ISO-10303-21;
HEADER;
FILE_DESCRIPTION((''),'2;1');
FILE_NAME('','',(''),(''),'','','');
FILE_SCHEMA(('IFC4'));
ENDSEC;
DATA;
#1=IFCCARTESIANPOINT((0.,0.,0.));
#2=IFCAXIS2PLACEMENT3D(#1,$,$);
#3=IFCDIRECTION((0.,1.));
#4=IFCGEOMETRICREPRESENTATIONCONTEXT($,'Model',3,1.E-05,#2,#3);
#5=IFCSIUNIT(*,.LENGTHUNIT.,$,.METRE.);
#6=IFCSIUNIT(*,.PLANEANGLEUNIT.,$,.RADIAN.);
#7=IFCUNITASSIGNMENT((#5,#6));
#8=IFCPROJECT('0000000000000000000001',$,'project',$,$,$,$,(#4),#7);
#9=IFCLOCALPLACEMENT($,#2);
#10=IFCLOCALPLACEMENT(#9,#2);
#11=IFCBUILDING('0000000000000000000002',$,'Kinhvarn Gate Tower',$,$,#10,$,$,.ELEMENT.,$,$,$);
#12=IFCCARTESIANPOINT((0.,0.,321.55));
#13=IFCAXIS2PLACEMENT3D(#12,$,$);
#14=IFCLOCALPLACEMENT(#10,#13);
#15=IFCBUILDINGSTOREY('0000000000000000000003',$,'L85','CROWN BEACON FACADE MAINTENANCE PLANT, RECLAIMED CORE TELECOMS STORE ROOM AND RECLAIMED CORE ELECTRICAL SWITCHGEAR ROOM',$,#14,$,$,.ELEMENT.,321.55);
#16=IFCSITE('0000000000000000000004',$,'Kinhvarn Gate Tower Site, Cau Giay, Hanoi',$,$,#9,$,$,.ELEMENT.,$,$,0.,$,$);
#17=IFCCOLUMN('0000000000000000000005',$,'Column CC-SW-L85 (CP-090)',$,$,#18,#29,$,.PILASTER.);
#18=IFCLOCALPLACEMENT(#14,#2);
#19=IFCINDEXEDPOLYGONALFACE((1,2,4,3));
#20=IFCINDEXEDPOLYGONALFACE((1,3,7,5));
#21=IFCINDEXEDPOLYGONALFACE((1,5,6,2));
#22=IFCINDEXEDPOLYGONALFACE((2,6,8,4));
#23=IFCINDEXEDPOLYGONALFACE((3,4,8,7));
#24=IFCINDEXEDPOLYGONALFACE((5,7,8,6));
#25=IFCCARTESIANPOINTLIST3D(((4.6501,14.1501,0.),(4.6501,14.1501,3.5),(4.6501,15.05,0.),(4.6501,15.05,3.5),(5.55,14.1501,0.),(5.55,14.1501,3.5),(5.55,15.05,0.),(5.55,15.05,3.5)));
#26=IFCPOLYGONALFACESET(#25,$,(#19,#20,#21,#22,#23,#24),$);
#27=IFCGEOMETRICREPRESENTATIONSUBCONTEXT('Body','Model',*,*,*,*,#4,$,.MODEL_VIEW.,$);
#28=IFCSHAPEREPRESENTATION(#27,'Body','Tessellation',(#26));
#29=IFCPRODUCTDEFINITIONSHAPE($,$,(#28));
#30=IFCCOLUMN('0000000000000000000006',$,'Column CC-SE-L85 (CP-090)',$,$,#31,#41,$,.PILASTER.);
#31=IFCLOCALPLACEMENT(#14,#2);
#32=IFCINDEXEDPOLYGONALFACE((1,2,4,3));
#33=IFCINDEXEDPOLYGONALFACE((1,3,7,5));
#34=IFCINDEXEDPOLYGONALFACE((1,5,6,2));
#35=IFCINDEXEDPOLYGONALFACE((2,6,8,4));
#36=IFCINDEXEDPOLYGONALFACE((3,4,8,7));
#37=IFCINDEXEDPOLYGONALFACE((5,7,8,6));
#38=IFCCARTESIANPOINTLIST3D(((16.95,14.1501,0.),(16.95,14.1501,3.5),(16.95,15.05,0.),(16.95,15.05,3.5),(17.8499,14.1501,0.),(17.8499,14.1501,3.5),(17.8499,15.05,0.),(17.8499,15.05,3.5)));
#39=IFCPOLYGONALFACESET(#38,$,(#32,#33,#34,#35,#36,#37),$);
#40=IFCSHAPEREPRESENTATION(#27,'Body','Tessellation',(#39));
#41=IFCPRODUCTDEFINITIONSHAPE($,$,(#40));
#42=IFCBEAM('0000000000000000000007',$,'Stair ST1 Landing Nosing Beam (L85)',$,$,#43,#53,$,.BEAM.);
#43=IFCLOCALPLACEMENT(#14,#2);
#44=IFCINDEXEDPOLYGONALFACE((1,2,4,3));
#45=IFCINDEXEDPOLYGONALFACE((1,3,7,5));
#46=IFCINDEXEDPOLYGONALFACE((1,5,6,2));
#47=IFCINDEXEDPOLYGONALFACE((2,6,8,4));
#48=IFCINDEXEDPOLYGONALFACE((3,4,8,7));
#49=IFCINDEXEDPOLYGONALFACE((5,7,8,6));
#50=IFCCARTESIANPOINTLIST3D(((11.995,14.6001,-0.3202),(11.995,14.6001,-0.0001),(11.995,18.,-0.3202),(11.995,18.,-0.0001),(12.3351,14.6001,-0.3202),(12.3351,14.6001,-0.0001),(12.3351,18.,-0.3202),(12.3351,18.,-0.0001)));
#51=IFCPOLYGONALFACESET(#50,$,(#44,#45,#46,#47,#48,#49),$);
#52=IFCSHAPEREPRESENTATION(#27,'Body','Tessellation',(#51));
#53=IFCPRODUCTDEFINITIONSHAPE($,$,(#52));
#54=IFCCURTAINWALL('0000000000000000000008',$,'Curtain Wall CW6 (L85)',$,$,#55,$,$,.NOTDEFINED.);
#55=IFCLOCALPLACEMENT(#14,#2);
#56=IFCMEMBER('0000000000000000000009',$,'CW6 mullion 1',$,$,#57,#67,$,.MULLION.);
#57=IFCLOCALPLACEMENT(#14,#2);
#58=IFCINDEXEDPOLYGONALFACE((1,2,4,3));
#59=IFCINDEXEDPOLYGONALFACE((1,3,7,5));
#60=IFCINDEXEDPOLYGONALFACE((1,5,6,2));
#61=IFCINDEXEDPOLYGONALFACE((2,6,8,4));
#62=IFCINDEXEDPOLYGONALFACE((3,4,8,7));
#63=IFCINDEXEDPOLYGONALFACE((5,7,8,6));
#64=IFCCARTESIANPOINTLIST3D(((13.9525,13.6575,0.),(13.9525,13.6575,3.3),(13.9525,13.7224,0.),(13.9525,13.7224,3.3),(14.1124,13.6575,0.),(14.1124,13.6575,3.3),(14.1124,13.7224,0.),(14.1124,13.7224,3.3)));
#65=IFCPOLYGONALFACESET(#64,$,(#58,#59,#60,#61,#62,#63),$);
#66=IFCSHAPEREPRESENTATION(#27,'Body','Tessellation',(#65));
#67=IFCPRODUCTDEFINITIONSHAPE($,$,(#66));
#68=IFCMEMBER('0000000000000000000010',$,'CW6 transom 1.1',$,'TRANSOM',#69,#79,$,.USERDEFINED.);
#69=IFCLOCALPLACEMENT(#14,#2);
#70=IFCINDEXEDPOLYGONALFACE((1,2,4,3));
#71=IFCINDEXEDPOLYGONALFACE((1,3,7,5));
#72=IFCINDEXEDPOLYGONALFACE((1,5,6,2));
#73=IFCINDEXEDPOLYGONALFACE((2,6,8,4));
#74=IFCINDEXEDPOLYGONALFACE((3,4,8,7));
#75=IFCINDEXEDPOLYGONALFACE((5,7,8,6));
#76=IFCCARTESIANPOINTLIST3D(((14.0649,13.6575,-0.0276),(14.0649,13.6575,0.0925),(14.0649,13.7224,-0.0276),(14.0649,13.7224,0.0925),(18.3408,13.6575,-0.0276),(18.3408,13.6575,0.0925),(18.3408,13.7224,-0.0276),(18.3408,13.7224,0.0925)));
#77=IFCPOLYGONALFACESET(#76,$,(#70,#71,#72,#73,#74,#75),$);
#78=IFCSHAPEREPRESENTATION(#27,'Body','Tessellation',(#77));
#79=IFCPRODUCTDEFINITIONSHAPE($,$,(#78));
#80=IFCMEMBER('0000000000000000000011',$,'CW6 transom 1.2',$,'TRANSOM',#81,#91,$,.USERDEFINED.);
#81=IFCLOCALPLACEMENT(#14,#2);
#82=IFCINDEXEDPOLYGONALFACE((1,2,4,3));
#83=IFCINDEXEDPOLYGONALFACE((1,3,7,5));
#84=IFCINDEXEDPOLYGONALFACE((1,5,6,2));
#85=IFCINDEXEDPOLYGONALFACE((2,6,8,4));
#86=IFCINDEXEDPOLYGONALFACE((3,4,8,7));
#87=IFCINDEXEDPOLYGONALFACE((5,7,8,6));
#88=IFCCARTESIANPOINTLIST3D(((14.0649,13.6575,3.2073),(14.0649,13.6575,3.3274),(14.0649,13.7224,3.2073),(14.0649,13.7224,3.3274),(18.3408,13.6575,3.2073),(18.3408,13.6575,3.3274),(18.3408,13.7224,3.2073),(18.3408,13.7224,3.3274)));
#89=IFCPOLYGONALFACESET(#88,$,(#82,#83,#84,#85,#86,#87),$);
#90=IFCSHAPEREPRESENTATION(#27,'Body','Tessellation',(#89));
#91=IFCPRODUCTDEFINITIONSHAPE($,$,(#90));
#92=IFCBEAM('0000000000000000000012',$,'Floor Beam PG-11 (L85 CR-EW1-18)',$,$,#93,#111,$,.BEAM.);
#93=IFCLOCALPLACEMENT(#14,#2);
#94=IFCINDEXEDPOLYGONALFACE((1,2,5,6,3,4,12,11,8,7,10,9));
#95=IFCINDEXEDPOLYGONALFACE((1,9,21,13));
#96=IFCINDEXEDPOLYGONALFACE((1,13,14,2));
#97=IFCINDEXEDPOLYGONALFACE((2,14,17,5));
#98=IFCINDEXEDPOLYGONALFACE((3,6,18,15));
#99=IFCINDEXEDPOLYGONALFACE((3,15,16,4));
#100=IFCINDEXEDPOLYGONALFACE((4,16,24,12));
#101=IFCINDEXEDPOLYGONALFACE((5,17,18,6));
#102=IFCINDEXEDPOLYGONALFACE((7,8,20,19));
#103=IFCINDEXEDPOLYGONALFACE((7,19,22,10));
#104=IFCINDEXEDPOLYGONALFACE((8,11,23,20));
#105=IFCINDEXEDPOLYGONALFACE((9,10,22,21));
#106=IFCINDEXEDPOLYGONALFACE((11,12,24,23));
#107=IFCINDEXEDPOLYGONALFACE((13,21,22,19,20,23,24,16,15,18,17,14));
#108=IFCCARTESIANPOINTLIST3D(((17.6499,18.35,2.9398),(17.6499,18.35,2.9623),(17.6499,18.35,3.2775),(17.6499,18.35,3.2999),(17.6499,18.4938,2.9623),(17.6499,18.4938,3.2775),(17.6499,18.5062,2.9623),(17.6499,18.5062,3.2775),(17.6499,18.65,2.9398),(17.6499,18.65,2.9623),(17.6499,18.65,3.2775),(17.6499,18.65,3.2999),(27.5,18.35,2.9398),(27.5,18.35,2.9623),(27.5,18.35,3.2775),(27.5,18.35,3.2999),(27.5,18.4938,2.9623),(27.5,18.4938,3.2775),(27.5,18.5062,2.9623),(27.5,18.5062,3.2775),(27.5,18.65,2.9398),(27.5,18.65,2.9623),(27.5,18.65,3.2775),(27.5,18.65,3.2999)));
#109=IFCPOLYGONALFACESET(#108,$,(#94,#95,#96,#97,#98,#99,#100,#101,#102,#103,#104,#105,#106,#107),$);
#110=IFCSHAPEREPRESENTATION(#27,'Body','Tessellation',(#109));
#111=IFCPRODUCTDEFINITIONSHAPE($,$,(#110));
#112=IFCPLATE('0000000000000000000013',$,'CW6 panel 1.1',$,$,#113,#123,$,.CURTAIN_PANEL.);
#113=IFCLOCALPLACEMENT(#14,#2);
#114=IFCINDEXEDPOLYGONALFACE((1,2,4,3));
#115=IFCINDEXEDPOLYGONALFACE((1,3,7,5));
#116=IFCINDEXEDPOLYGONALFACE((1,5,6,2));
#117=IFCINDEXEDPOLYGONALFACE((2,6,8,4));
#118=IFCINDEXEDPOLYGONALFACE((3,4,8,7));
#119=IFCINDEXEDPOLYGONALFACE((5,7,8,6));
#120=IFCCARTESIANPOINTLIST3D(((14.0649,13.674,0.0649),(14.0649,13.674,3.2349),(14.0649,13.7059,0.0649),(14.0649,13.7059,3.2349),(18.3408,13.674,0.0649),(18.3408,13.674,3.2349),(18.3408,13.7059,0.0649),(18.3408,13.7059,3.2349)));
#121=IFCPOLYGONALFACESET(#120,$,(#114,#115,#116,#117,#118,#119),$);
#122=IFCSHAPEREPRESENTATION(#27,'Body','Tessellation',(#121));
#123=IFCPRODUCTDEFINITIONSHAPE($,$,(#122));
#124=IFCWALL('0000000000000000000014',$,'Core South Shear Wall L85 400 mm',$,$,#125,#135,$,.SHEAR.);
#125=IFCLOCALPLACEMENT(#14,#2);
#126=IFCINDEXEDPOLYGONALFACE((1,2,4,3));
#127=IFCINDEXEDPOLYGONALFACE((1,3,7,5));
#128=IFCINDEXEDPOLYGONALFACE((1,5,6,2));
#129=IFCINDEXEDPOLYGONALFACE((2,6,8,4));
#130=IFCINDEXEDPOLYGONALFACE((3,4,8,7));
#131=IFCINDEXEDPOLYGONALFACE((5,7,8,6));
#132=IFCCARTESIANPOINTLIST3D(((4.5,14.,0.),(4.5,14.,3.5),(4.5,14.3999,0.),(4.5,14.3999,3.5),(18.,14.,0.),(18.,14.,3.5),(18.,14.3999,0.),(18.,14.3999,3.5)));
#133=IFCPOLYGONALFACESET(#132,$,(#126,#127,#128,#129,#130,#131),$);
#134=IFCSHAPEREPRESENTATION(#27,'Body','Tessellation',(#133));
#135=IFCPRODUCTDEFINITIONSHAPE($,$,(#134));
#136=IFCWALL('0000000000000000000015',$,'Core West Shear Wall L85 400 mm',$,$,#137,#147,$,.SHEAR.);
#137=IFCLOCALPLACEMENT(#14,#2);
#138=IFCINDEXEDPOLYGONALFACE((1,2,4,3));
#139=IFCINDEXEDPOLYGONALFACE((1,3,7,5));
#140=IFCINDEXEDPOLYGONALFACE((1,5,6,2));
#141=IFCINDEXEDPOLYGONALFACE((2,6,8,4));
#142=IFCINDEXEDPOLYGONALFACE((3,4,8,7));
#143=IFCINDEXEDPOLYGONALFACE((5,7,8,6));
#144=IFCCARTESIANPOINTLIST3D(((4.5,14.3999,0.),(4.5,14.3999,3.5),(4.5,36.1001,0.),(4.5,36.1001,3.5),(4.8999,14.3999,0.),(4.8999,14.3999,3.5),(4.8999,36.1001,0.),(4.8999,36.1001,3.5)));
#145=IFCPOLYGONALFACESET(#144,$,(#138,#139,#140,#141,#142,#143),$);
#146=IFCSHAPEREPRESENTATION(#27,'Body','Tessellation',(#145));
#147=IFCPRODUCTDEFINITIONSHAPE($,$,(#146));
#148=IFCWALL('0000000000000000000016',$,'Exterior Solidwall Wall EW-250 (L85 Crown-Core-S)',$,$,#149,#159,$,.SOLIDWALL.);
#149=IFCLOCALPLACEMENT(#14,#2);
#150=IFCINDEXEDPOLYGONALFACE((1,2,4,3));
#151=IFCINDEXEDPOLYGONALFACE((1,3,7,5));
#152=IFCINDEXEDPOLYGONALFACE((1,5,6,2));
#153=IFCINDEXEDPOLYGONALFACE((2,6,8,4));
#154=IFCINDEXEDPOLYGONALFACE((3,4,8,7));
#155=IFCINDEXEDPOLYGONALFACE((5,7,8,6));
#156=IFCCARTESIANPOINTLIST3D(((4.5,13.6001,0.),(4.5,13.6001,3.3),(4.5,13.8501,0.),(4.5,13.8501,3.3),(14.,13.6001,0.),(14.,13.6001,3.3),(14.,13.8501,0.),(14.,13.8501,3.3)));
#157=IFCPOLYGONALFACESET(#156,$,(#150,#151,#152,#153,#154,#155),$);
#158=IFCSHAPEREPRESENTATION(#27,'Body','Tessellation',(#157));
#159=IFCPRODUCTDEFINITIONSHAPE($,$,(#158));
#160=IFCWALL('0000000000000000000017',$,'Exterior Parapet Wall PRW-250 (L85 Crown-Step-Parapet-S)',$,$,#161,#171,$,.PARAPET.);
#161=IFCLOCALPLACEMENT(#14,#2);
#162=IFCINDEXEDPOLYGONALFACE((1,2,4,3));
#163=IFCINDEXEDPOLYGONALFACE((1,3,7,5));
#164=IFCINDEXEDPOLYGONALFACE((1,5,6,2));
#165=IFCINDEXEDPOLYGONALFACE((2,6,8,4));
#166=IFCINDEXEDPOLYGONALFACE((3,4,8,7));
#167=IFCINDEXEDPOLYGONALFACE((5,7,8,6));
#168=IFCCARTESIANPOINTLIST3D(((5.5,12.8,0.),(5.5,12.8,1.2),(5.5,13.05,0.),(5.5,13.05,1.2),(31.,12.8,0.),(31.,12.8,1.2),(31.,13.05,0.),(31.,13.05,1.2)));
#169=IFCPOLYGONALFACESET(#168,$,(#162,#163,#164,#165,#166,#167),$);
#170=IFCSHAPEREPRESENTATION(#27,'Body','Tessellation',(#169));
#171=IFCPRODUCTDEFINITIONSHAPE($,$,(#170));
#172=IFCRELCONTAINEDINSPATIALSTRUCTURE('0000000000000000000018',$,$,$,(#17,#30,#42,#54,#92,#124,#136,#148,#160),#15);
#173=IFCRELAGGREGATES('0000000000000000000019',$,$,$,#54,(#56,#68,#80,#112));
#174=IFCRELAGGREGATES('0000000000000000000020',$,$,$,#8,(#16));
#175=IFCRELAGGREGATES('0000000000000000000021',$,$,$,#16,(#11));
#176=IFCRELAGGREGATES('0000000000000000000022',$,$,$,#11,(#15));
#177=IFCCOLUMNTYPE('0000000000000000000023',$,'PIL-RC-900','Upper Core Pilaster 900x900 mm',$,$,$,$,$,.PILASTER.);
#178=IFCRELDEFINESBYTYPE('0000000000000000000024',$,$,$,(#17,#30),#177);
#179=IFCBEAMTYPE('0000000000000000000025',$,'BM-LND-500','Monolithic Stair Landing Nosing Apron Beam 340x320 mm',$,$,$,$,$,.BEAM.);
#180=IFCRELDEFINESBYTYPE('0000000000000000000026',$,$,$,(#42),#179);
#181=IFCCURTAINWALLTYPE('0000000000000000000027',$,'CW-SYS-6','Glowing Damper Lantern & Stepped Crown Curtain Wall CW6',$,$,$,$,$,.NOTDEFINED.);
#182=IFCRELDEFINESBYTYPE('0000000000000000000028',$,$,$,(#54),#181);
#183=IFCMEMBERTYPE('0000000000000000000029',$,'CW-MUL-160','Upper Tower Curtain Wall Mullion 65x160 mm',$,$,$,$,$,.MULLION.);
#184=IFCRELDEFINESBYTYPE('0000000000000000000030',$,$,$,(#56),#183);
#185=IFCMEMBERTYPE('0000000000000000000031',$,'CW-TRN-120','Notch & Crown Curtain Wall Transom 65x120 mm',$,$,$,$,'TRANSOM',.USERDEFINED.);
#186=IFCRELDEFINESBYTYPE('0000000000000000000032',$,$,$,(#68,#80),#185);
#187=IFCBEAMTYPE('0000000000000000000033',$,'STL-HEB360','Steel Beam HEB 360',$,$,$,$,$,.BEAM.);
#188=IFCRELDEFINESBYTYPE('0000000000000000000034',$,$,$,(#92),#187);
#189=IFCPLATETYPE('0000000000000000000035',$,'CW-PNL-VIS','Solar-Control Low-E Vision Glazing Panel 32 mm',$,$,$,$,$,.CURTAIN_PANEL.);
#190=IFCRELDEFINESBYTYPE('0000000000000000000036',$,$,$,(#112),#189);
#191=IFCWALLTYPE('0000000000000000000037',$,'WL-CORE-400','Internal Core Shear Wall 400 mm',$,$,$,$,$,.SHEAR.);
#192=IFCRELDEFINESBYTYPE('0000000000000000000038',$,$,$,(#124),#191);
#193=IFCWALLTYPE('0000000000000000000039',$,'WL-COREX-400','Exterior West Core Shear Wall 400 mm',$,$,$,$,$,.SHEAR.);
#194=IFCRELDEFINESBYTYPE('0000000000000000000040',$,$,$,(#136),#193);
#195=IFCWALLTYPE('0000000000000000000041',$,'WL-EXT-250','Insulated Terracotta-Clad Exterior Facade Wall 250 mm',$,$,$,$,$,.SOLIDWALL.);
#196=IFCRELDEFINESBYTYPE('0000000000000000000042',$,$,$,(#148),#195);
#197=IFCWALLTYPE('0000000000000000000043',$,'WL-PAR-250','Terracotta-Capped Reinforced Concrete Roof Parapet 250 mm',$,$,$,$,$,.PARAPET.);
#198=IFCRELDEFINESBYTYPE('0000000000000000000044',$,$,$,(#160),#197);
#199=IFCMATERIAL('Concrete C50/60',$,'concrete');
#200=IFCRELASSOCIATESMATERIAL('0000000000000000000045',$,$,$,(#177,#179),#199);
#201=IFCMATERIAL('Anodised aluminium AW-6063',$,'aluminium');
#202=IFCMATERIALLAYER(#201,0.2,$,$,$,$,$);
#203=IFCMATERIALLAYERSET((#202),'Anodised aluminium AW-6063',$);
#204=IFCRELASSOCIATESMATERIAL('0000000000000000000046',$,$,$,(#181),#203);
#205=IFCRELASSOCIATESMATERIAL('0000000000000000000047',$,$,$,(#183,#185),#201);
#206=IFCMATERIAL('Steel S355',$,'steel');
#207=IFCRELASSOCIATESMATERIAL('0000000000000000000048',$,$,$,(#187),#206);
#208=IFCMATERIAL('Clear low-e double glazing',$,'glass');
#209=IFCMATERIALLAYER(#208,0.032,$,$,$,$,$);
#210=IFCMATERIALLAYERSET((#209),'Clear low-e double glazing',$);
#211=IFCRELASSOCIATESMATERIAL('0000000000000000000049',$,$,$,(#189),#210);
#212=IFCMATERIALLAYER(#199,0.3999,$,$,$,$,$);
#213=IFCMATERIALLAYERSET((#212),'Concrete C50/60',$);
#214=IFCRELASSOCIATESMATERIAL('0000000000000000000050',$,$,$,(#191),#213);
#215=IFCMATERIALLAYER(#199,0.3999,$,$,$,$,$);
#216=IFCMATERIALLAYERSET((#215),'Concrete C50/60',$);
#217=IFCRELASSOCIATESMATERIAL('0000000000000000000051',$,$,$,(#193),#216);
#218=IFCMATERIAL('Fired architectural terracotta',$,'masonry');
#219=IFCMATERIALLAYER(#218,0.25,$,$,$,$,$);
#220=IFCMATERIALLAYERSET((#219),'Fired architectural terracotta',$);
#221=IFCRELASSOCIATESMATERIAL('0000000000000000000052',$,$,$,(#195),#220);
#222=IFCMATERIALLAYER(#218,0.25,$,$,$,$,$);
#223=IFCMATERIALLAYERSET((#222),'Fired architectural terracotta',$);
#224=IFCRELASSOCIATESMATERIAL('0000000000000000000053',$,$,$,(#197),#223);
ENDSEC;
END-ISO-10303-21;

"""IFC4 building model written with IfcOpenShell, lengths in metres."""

from ifc_helpers import new_model, si_unit, direction, frame, frame_2d, origin, origin_2d, place, context, subcontext, project, spatial, rectangle, i_section, extrude, material, layer, layer_set, material_profile, profile_set, type_object, element, aggregate, save


model = new_model("IFC4")

# Units and contexts
model_context = context("Model", 3, precision=1e-05, world=origin(), true_north=direction((0.0, 1.0)))
body_context = subcontext(model_context, "Body", "Model", "MODEL_VIEW")
ifc_project = project(units=[si_unit("LENGTHUNIT", "METRE"), si_unit("PLANEANGLEUNIT", "RADIAN")], contexts=[model_context])

# Site, building, storey
site_placement = place(None, origin())
site = spatial("IfcSite", under=ifc_project, at=site_placement, Name="Kinhvarn Gate Tower Site, Cau Giay, Hanoi", CompositionType="ELEMENT", RefElevation=0.0)
building_placement = place(site_placement, origin())
building = spatial("IfcBuilding", under=site, at=building_placement, Name="Kinhvarn Gate Tower", CompositionType="ELEMENT")
storey_placement = place(building_placement, frame((0.0, 0.0, 321.55)))
storey = spatial("IfcBuildingStorey", under=building, at=storey_placement, Name="L85", Description="CROWN BEACON FACADE MAINTENANCE PLANT, RECLAIMED CORE TELECOMS STORE ROOM AND RECLAIMED CORE ELECTRICAL SWITCHGEAR ROOM", CompositionType="ELEMENT", Elevation=321.55)

# Columns
ifc_material_1 = material(Name="Concrete C50/60", Category="concrete")
ifc_material_profile_1 = material_profile(ifc_material_1, rectangle(XDim=0.8999, YDim=0.8999, at=origin_2d()), Name="RC 900x900")
ifc_profile_set_1 = profile_set([ifc_material_profile_1], Name="Concrete C50/60")
column_type = type_object("IfcColumnType", Name="PIL-RC-900", Description="Upper Core Pilaster 900x900 mm", PredefinedType="PILASTER", material=ifc_profile_set_1)
for number, where, z_axis, x_axis, name in (
    (1, (5.1001, 14.6001, 0.0), (0.0, 0.0, 1.0), (1.0, 0.0, 0.0), "Column CC-SW-L85 (CP-090)"),
    (2, (17.3999, 14.6001, 0.0), (0.0, 0.0, 1.0), (1.0, 0.0, 0.0), "Column CC-SE-L85 (CP-090)"),
):
    element("IfcColumn", number, at=place(storey_placement, frame(where, z_axis=z_axis, x_axis=x_axis)), inside=storey, type_object=column_type, Name=name, PredefinedType="PILASTER", context=body_context, shape_type="SweptSolid", body=[
        extrude(rectangle(XDim=0.8999, YDim=0.8999, at=origin_2d()), origin(), (0.0, 0.0, 1.0), 3.5),
    ])

# Beam
ifc_material_profile_2 = material_profile(ifc_material_1, rectangle(XDim=0.3401, YDim=0.3201, at=origin_2d()), Name="RC 340x320")
ifc_profile_set_2 = profile_set([ifc_material_profile_2], Name="Concrete C50/60")
beam_type_1 = type_object("IfcBeamType", Name="BM-LND-500", Description="Monolithic Stair Landing Nosing Apron Beam 340x320 mm", PredefinedType="BEAM", material=ifc_profile_set_2)
beam_1_placement = place(storey_placement, frame((12.165, 14.6001, -0.1602), z_axis=(0.0, 1.0, 0.0), x_axis=(-1.0, 0.0, 0.0)))
element("IfcBeam", 3, at=beam_1_placement, inside=storey, type_object=beam_type_1, Name="Stair ST1 Landing Nosing Beam (L85)", PredefinedType="BEAM", context=body_context, shape_type="SweptSolid", body=[
    extrude(rectangle(XDim=0.3401, YDim=0.3201, at=origin_2d()), origin(), (0.0, 0.0, 1.0), 3.3999),
])

# Curtain wall, members
ifc_material_2 = material(Name="Anodised aluminium AW-6063", Category="aluminium")
ifc_layer_1 = layer(ifc_material_2, 0.2)
ifc_layer_set_1 = layer_set([ifc_layer_1], Name="Anodised aluminium AW-6063")
curtain_wall_type = type_object("IfcCurtainWallType", Name="CW-SYS-6", Description="Glowing Damper Lantern & Stepped Crown Curtain Wall CW6", PredefinedType="NOTDEFINED", material=ifc_layer_set_1)
curtain_wall_placement = place(storey_placement, origin())
curtain_wall = element("IfcCurtainWall", 4, at=curtain_wall_placement, inside=storey, type_object=curtain_wall_type, Name="Curtain Wall CW6 (L85)", PredefinedType="NOTDEFINED")
ifc_material_profile_3 = material_profile(ifc_material_2, rectangle(XDim=0.0649, YDim=0.1599, at=origin_2d()), Name="ALU 65x160")
ifc_profile_set_3 = profile_set([ifc_material_profile_3], Name="Anodised aluminium AW-6063")
member_type_1 = type_object("IfcMemberType", Name="CW-MUL-160", Description="Upper Tower Curtain Wall Mullion 65x160 mm", PredefinedType="MULLION", material=ifc_profile_set_3)
member_1_placement = place(storey_placement, frame((14.0325, 13.6899, 0.0), z_axis=(0.0, 0.0, 1.0), x_axis=(0.0, 1.0, 0.0)))
member_1 = element("IfcMember", 5, at=member_1_placement, type_object=member_type_1, Name="CW6 mullion 1", PredefinedType="MULLION", context=body_context, shape_type="SweptSolid", body=[
    extrude(rectangle(XDim=0.0649, YDim=0.1599, at=origin_2d()), origin(), (0.0, 0.0, 1.0), 3.3),
])
ifc_material_profile_4 = material_profile(ifc_material_2, rectangle(XDim=0.0649, YDim=0.1201, at=origin_2d()), Name="ALU 65x120")
ifc_profile_set_4 = profile_set([ifc_material_profile_4], Name="Anodised aluminium AW-6063")
member_type_2 = type_object("IfcMemberType", Name="CW-TRN-120", Description="Notch & Crown Curtain Wall Transom 65x120 mm", ElementType="TRANSOM", PredefinedType="USERDEFINED", material=ifc_profile_set_4)
member_2_placement = place(storey_placement, frame((14.0649, 13.6899, 0.0325), z_axis=(1.0, 0.0, 0.0), x_axis=(0.0, 1.0, 0.0)))
member_2 = element("IfcMember", 6, at=member_2_placement, type_object=member_type_2, Name="CW6 transom 1.1", ObjectType="TRANSOM", PredefinedType="USERDEFINED", context=body_context, shape_type="SweptSolid", body=[
    extrude(rectangle(XDim=0.0649, YDim=0.1201, at=origin_2d()), origin(), (0.0, 0.0, 1.0), 4.2759),
])
member_3_placement = place(storey_placement, frame((14.0649, 13.6899, 3.2673), z_axis=(1.0, 0.0, 0.0), x_axis=(0.0, 1.0, 0.0)))
member_3 = element("IfcMember", 7, at=member_3_placement, type_object=member_type_2, Name="CW6 transom 1.2", ObjectType="TRANSOM", PredefinedType="USERDEFINED", context=body_context, shape_type="SweptSolid", body=[
    extrude(rectangle(XDim=0.0649, YDim=0.1201, at=origin_2d()), origin(), (0.0, 0.0, 1.0), 4.2759),
])

# Beam
ifc_material_3 = material(Name="Steel S355", Category="steel")
ifc_material_profile_5 = material_profile(ifc_material_3, i_section(OverallWidth=0.3, OverallDepth=0.3601, WebThickness=0.0125, FlangeThickness=0.0225, at=origin_2d()), Name="HEB 360")
ifc_profile_set_5 = profile_set([ifc_material_profile_5], Name="Steel S355")
beam_type_2 = type_object("IfcBeamType", Name="STL-HEB360", Description="Steel Beam HEB 360", PredefinedType="BEAM", material=ifc_profile_set_5)
beam_2_placement = place(storey_placement, frame((17.6499, 18.5, 3.1199), z_axis=(1.0, 0.0, 0.0), x_axis=(0.0, 1.0, 0.0)))
element("IfcBeam", 8, at=beam_2_placement, inside=storey, type_object=beam_type_2, Name="Floor Beam PG-11 (L85 CR-EW1-18)", PredefinedType="BEAM", context=body_context, shape_type="SweptSolid", body=[
    extrude(i_section(OverallWidth=0.3, OverallDepth=0.3601, WebThickness=0.0125, FlangeThickness=0.0225, at=origin_2d()), origin(), (0.0, 0.0, 1.0), 9.8501),
])

# Plate
ifc_material_4 = material(Name="Clear low-e double glazing", Category="glass")
ifc_layer_2 = layer(ifc_material_4, 0.032)
ifc_layer_set_2 = layer_set([ifc_layer_2], Name="Clear low-e double glazing")
plate_type = type_object("IfcPlateType", Name="CW-PNL-VIS", Description="Solar-Control Low-E Vision Glazing Panel 32 mm", PredefinedType="CURTAIN_PANEL", material=ifc_layer_set_2)
plate_placement = place(storey_placement, frame((16.2029, 13.6899, 0.0649), z_axis=(0.0, 0.0, 1.0), x_axis=(1.0, 0.0, 0.0)))
plate = element("IfcPlate", 9, at=plate_placement, type_object=plate_type, Name="CW6 panel 1.1", PredefinedType="CURTAIN_PANEL", context=body_context, shape_type="SweptSolid", body=[
    extrude(rectangle(XDim=4.2759, YDim=0.032, at=origin_2d()), origin(), (0.0, 0.0, 1.0), 3.1699),
])
aggregate(curtain_wall, [member_1, member_2, member_3, plate])

# Wall
ifc_layer_3 = layer(ifc_material_1, 0.3999)
ifc_layer_set_3 = layer_set([ifc_layer_3], Name="Concrete C50/60")
wall_type_1 = type_object("IfcWallType", Name="WL-CORE-400", Description="Internal Core Shear Wall 400 mm", PredefinedType="SHEAR", material=ifc_layer_set_3)
wall_1_placement = place(storey_placement, frame((4.5, 14.2, 0.0), z_axis=(0.0, 0.0, 1.0), x_axis=(1.0, 0.0, 0.0)))
element("IfcWall", 10, at=wall_1_placement, inside=storey, type_object=wall_type_1, Name="Core South Shear Wall L85 400 mm", PredefinedType="SHEAR", context=body_context, shape_type="SweptSolid", body=[
    extrude(rectangle(XDim=13.5, YDim=0.3999, at=frame_2d((6.75, 0.0))), origin(), (0.0, 0.0, 1.0), 3.5),
])

# Walls
ifc_layer_4 = layer(ifc_material_1, 0.3999)
ifc_layer_set_4 = layer_set([ifc_layer_4], Name="Concrete C50/60")
wall_type_2 = type_object("IfcWallType", Name="WL-COREX-400", Description="Exterior West Core Shear Wall 400 mm", PredefinedType="SHEAR", material=ifc_layer_set_4)
wall_2_placement = place(storey_placement, frame((4.7, 14.3999, 0.0), z_axis=(0.0, 0.0, 1.0), x_axis=(0.0, 1.0, 0.0)))
element("IfcWall", 11, at=wall_2_placement, inside=storey, type_object=wall_type_2, Name="Core West Shear Wall L85 400 mm", PredefinedType="SHEAR", context=body_context, shape_type="SweptSolid", body=[
    extrude(rectangle(XDim=21.7002, YDim=0.3999, at=frame_2d((10.8501, 0.0))), origin(), (0.0, 0.0, 1.0), 3.5),
])
ifc_material_5 = material(Name="Fired architectural terracotta", Category="masonry")
ifc_layer_5 = layer(ifc_material_5, 0.25)
ifc_layer_set_5 = layer_set([ifc_layer_5], Name="Fired architectural terracotta")
wall_type_3 = type_object("IfcWallType", Name="WL-EXT-250", Description="Insulated Terracotta-Clad Exterior Facade Wall 250 mm", PredefinedType="SOLIDWALL", material=ifc_layer_set_5)
wall_3_placement = place(storey_placement, frame((4.5, 13.7251, 0.0), z_axis=(0.0, 0.0, 1.0), x_axis=(1.0, 0.0, 0.0)))
element("IfcWall", 12, at=wall_3_placement, inside=storey, type_object=wall_type_3, Name="Exterior Solidwall Wall EW-250 (L85 Crown-Core-S)", PredefinedType="SOLIDWALL", context=body_context, shape_type="SweptSolid", body=[
    extrude(rectangle(XDim=9.5, YDim=0.25, at=frame_2d((4.75, 0.0))), origin(), (0.0, 0.0, 1.0), 3.3),
])
ifc_layer_6 = layer(ifc_material_5, 0.25)
ifc_layer_set_6 = layer_set([ifc_layer_6], Name="Fired architectural terracotta")
wall_type_4 = type_object("IfcWallType", Name="WL-PAR-250", Description="Terracotta-Capped Reinforced Concrete Roof Parapet 250 mm", PredefinedType="PARAPET", material=ifc_layer_set_6)
wall_4_placement = place(storey_placement, frame((5.5, 12.925, 0.0), z_axis=(0.0, 0.0, 1.0), x_axis=(1.0, 0.0, 0.0)))
element("IfcWall", 13, at=wall_4_placement, inside=storey, type_object=wall_type_4, Name="Exterior Parapet Wall PRW-250 (L85 Crown-Step-Parapet-S)", PredefinedType="PARAPET", context=body_context, shape_type="SweptSolid", body=[
    extrude(rectangle(XDim=25.5, YDim=0.25, at=frame_2d((12.75, 0.0))), origin(), (0.0, 0.0, 1.0), 1.2),
])

save(model, "model.ifc")
